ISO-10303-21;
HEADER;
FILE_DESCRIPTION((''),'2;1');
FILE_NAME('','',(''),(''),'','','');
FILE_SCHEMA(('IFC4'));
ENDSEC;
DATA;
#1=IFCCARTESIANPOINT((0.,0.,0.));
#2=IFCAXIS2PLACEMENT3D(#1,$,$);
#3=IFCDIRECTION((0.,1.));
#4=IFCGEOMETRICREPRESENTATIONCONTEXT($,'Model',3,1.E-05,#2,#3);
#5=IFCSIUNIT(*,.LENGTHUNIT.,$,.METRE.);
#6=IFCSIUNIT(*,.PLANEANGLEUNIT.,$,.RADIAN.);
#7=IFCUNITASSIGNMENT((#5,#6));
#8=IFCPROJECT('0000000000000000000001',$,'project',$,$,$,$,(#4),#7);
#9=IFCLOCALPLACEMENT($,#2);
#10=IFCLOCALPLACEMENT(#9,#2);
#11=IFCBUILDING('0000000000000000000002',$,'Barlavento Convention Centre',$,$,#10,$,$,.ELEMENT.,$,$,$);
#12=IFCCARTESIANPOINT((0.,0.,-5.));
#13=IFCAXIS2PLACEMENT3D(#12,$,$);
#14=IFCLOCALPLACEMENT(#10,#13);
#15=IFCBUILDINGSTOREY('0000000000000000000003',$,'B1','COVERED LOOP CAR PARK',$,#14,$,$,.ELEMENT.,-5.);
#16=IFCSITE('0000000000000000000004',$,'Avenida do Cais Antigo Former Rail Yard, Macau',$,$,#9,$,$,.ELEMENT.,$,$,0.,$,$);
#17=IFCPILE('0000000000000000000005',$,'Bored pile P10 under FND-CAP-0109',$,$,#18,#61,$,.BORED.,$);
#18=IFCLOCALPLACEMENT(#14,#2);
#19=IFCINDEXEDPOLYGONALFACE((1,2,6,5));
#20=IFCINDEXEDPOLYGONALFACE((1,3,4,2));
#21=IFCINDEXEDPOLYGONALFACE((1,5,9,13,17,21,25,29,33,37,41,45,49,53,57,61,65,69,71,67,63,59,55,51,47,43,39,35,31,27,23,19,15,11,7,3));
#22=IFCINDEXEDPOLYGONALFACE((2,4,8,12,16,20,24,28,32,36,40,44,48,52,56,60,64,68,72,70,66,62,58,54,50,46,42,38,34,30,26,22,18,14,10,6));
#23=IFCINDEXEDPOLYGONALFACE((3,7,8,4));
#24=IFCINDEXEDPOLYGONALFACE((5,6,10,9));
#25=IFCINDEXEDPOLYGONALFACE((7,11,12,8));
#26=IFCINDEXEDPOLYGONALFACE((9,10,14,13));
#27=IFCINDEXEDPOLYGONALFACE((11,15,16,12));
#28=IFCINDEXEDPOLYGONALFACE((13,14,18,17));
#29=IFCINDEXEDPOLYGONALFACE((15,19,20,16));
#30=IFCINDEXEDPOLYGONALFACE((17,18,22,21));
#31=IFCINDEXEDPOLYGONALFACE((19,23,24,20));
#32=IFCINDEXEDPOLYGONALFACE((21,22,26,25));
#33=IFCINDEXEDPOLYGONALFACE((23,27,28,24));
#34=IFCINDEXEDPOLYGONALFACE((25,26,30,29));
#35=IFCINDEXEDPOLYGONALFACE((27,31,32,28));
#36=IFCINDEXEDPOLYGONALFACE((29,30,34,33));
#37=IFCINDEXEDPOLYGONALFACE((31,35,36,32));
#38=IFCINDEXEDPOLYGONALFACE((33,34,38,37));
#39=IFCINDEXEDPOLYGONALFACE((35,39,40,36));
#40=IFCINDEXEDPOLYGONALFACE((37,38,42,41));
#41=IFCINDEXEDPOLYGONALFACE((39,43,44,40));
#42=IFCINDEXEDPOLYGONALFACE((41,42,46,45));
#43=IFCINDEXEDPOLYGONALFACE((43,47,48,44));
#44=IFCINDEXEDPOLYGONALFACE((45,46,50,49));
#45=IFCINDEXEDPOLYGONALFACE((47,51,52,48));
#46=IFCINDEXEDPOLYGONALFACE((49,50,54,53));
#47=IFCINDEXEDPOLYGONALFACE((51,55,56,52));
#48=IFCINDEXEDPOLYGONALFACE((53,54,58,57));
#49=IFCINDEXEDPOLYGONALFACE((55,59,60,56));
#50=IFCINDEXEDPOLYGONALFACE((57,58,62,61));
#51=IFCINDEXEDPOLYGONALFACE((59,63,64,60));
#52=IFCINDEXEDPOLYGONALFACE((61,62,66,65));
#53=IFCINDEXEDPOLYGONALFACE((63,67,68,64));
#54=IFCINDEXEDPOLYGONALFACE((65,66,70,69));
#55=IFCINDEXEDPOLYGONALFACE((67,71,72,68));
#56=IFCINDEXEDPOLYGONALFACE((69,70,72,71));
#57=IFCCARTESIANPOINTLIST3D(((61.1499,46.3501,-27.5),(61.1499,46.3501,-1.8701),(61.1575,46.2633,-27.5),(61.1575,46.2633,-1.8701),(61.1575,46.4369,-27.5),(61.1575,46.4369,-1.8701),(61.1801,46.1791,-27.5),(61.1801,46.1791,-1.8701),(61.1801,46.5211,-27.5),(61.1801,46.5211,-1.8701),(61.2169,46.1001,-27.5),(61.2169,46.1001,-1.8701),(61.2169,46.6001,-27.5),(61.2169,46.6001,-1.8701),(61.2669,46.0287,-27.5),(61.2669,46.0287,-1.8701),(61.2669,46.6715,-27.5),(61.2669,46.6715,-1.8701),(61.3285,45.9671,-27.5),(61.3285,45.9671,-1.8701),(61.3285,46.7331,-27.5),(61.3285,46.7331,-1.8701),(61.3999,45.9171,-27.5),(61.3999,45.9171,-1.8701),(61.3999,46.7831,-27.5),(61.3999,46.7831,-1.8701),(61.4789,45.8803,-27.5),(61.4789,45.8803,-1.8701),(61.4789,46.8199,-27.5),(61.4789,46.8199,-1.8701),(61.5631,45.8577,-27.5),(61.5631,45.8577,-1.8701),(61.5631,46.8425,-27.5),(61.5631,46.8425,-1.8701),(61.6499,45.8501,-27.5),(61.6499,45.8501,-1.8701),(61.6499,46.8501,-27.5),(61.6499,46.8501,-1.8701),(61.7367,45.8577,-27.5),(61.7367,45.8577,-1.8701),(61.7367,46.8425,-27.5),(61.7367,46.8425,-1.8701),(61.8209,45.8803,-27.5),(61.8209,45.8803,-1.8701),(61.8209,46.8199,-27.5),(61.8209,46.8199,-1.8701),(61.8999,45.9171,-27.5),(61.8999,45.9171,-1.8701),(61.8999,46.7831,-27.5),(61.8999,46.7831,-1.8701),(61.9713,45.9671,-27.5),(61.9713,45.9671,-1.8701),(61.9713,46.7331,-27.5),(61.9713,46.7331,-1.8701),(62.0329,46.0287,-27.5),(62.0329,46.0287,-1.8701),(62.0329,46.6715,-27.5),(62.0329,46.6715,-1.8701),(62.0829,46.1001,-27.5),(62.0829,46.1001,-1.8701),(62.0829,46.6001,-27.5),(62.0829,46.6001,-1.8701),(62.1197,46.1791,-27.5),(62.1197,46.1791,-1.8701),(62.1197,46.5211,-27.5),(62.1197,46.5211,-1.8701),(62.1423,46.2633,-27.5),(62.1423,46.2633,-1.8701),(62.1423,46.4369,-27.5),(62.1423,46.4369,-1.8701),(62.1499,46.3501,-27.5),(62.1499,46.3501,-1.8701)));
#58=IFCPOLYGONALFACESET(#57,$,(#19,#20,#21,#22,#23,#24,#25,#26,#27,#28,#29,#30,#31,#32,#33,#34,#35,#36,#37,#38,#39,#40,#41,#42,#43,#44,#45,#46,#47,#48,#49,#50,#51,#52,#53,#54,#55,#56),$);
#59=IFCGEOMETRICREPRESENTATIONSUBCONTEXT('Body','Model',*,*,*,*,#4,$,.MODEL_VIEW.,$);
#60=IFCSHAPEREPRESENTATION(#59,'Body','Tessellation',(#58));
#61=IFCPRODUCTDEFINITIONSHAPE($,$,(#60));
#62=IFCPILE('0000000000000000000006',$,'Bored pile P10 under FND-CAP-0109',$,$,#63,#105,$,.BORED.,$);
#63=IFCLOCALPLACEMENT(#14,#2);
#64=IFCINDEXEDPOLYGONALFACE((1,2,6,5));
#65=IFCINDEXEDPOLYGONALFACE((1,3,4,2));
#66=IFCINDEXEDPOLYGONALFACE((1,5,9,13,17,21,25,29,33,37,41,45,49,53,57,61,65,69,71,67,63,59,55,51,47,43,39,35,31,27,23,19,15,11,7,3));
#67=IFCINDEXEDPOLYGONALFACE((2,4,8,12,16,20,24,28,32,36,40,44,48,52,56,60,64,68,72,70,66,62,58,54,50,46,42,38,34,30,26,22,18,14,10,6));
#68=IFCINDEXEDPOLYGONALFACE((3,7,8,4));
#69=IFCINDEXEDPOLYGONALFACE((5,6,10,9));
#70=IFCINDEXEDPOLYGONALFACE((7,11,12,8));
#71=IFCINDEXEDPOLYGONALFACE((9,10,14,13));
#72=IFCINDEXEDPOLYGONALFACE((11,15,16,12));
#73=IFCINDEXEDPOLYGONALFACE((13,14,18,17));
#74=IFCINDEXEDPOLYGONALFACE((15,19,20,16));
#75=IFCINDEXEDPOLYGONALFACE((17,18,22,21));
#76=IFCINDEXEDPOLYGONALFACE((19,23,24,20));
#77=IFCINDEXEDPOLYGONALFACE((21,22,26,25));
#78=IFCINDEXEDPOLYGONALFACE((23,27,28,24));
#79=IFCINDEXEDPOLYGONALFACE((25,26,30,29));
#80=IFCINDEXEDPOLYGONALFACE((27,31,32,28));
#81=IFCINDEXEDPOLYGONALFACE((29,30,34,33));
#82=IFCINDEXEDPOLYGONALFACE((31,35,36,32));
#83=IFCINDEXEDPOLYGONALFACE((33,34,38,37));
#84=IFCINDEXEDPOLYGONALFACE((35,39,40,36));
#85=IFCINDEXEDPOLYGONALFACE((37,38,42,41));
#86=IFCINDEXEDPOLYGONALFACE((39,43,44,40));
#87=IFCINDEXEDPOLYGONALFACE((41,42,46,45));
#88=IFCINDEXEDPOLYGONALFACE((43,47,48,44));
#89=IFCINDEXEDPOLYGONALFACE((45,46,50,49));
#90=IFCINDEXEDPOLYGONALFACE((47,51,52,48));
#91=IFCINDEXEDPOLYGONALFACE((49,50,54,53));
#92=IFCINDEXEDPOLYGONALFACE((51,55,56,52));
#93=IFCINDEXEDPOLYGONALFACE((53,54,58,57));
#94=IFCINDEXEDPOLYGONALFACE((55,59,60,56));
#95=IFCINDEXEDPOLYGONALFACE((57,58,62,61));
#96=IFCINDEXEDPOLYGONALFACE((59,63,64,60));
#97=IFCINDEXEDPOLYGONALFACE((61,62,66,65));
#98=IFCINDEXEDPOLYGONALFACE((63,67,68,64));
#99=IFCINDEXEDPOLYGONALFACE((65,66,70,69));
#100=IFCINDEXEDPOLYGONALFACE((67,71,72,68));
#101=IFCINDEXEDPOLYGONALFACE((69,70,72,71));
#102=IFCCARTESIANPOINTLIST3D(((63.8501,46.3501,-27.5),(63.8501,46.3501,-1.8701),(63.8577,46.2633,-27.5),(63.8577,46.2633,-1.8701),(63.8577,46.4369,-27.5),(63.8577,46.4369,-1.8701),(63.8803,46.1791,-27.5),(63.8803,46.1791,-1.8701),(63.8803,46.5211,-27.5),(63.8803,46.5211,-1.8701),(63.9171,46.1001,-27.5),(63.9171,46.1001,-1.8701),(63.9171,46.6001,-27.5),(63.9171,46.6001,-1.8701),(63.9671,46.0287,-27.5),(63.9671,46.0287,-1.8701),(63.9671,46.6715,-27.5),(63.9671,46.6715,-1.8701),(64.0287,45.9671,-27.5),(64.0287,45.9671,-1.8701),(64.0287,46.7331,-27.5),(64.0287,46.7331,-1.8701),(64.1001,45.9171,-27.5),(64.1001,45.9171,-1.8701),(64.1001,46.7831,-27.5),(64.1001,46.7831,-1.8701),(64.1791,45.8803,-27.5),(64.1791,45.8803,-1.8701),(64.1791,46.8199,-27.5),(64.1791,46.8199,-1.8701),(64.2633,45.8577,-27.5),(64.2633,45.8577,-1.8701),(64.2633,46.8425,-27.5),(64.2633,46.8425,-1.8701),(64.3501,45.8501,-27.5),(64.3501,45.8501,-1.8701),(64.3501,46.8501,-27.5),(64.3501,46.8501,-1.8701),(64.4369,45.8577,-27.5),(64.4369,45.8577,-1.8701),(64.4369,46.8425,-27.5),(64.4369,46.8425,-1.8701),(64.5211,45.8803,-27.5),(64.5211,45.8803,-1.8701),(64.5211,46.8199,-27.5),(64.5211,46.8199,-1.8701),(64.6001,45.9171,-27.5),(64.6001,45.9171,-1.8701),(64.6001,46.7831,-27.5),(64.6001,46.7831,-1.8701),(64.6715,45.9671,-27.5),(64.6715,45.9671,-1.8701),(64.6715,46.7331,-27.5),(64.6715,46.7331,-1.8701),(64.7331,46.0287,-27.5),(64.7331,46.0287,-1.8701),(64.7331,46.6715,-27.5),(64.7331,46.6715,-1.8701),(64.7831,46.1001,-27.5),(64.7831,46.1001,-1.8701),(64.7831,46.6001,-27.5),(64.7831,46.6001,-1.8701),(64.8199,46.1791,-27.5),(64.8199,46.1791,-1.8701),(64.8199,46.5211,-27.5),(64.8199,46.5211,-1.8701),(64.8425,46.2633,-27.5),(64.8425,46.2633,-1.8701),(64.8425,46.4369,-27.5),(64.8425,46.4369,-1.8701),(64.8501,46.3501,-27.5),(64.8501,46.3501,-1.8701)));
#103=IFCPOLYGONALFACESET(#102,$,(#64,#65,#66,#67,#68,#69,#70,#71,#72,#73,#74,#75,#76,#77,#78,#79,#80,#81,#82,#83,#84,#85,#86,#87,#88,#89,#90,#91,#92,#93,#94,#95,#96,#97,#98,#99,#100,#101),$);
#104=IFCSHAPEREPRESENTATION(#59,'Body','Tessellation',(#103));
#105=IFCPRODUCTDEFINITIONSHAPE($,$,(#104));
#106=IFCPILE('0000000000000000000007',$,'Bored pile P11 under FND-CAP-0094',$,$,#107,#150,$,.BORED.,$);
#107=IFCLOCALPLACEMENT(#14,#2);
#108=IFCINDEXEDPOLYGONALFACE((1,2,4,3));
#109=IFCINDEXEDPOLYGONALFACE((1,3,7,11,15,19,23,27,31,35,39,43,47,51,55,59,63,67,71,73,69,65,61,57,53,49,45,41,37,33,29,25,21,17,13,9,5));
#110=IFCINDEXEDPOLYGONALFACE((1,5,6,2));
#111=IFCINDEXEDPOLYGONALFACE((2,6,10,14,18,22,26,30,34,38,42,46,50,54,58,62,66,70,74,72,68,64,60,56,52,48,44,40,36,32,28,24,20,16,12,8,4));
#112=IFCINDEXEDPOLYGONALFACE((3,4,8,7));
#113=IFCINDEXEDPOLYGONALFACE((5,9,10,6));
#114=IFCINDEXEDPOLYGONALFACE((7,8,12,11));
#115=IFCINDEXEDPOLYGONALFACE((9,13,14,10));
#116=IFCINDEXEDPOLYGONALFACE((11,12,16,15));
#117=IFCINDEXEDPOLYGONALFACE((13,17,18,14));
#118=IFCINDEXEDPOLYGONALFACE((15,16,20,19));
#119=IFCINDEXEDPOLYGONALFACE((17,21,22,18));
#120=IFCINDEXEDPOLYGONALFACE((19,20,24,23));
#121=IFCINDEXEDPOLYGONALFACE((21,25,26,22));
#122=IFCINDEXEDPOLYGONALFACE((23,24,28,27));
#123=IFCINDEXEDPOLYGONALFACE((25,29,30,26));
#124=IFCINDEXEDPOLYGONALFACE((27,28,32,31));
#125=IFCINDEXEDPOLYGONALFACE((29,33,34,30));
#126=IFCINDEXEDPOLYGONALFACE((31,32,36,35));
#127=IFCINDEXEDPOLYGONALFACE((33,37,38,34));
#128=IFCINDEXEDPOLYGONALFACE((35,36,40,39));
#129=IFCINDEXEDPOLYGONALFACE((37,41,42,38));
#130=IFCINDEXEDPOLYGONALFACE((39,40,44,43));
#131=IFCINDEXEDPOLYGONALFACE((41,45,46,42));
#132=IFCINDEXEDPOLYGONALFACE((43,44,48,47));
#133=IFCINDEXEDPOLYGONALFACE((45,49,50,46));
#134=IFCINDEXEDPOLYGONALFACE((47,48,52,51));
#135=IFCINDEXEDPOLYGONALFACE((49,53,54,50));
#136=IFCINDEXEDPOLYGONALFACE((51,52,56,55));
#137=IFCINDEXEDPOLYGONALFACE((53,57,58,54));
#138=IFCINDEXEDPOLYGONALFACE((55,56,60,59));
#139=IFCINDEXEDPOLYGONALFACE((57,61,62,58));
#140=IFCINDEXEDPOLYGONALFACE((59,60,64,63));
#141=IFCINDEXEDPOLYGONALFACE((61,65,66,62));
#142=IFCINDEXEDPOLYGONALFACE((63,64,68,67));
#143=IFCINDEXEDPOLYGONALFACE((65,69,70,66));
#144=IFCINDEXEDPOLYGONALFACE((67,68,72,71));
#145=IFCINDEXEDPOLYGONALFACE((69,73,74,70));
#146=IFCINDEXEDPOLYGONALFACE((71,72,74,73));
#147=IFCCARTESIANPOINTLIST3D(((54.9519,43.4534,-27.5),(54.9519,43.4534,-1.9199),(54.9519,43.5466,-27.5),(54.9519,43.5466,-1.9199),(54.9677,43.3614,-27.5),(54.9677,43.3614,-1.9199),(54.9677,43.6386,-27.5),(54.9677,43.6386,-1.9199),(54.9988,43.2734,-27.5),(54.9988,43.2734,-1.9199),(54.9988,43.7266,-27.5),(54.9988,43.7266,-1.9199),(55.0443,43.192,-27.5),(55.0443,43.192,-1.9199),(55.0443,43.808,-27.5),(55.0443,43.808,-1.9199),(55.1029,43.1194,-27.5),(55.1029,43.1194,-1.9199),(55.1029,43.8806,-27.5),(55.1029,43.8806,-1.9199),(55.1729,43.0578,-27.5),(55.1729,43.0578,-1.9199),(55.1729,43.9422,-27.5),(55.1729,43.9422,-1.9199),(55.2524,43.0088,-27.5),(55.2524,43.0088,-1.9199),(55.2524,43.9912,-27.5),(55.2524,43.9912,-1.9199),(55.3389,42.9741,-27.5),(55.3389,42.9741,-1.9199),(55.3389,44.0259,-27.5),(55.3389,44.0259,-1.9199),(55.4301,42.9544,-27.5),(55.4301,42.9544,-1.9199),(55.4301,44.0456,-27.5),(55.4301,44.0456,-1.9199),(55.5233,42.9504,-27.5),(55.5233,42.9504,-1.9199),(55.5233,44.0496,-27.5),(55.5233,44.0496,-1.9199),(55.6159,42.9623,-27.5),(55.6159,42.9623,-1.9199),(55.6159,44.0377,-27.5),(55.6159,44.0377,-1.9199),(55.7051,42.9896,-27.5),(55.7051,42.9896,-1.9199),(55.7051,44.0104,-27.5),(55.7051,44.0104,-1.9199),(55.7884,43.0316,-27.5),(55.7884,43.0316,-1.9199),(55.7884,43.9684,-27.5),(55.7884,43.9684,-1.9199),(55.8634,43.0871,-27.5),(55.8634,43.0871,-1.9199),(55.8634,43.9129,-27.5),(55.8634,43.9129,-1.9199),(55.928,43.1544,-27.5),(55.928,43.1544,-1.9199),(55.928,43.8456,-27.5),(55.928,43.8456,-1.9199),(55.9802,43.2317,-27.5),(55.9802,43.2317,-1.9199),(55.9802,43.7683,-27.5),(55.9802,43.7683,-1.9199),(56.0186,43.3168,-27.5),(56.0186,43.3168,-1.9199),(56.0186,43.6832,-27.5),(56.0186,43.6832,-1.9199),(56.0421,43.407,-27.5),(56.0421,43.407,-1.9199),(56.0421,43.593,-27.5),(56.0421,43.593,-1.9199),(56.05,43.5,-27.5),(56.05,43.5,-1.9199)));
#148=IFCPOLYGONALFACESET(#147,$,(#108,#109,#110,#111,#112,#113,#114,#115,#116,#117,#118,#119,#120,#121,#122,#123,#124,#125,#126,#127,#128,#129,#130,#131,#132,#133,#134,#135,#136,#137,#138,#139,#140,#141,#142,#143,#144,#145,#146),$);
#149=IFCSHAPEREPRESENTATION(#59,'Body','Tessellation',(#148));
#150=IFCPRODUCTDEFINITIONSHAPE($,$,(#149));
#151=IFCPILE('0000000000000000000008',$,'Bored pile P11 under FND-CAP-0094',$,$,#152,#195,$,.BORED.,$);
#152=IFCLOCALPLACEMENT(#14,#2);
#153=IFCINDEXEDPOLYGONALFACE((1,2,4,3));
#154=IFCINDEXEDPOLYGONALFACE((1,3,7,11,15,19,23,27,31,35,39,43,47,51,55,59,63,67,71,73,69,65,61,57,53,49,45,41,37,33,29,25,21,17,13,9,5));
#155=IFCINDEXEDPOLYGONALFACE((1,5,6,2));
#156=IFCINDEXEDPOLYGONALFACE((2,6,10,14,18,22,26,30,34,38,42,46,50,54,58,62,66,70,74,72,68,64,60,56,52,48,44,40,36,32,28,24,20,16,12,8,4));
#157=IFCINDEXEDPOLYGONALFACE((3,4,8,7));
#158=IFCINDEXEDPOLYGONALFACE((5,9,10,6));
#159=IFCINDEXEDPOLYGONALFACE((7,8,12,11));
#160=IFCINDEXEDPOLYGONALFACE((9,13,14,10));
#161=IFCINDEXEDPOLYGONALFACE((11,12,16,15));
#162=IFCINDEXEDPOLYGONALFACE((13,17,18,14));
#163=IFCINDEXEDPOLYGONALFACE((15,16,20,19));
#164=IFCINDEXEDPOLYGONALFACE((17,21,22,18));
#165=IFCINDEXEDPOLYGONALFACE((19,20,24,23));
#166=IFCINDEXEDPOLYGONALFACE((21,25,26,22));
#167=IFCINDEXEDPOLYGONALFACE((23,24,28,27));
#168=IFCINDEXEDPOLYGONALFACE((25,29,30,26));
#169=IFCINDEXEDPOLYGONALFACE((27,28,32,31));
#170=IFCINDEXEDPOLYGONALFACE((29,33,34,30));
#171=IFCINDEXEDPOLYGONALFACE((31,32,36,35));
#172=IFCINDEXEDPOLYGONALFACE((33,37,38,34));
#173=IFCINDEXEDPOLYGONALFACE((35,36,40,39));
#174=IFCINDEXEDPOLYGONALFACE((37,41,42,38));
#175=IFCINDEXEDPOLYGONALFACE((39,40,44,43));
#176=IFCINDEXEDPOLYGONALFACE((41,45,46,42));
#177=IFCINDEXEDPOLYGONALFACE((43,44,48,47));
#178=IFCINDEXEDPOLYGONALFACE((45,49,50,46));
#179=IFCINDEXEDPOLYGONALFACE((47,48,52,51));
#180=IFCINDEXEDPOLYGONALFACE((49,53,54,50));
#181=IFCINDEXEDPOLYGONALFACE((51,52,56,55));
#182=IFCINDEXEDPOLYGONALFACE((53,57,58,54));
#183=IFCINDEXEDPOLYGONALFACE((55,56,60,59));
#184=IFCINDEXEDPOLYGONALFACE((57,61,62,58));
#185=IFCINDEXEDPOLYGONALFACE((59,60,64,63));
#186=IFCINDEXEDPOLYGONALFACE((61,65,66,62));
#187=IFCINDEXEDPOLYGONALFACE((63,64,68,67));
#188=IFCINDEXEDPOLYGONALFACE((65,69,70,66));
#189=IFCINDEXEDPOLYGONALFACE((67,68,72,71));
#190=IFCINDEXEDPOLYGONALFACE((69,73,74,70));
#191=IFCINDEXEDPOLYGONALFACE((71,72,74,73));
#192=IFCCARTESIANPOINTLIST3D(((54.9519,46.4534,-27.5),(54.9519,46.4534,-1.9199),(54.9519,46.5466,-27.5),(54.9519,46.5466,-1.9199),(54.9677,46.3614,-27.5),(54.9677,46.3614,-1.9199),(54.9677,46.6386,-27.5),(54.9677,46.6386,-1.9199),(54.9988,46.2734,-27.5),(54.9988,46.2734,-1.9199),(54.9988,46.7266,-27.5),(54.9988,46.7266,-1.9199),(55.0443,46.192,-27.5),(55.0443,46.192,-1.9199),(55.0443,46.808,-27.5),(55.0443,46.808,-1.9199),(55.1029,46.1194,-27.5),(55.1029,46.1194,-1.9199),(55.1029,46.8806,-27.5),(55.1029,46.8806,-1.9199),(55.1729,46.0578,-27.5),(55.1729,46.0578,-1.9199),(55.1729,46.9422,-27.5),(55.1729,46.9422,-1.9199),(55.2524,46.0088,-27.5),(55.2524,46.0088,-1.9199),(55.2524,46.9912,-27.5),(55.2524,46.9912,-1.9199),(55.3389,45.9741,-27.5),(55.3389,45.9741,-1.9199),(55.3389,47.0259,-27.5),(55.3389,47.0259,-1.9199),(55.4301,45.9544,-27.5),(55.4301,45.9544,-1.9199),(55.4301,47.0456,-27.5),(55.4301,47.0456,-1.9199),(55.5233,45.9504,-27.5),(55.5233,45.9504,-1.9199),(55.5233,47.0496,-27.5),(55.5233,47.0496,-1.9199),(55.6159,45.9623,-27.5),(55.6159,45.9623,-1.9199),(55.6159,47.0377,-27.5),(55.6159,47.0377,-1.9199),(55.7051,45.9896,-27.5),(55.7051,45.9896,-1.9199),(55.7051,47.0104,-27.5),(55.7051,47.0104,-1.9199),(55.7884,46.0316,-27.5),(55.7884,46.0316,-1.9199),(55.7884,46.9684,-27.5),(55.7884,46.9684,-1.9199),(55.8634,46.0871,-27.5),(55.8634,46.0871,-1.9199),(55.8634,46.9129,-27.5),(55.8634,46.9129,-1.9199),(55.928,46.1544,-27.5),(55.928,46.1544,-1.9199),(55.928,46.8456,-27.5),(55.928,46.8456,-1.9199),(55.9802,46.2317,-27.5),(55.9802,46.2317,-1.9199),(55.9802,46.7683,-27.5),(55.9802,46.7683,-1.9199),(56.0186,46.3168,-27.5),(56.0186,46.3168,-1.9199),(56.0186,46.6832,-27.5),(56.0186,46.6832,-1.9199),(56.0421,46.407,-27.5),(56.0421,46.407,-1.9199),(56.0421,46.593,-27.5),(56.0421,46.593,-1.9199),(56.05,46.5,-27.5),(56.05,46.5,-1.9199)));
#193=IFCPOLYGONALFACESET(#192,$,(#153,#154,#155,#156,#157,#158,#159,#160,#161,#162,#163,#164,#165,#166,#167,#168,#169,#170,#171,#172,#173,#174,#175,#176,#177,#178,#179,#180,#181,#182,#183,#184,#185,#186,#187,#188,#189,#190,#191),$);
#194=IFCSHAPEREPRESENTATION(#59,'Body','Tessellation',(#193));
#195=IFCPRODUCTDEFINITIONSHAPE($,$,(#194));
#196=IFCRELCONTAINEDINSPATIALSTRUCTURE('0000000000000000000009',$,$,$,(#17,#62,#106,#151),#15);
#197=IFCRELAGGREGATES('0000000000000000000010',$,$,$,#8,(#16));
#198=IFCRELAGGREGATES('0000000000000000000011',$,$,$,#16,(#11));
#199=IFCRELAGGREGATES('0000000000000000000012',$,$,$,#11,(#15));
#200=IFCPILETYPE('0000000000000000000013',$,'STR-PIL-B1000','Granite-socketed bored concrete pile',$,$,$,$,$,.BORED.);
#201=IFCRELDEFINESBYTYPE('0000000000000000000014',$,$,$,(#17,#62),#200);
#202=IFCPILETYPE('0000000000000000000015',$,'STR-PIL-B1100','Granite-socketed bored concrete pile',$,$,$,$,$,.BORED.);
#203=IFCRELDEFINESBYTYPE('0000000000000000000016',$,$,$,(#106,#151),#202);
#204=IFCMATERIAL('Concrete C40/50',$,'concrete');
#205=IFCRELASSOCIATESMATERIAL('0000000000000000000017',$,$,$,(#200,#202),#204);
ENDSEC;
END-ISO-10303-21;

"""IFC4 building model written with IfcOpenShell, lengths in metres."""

from ifc_helpers import new_model, si_unit, direction, frame, origin, origin_2d, place, context, subcontext, project, spatial, circle, extrude, material, material_profile, profile_set, type_object, element, save


model = new_model("IFC4")

# Units and contexts
model_context = context("Model", 3, precision=1e-05, world=origin(), true_north=direction((0.0, 1.0)))
body_context = subcontext(model_context, "Body", "Model", "MODEL_VIEW")
ifc_project = project(units=[si_unit("LENGTHUNIT", "METRE"), si_unit("PLANEANGLEUNIT", "RADIAN")], contexts=[model_context])

# Site, building, storey
site_placement = place(None, origin())
site = spatial("IfcSite", under=ifc_project, at=site_placement, Name="Avenida do Cais Antigo Former Rail Yard, Macau", CompositionType="ELEMENT", RefElevation=0.0)
building_placement = place(site_placement, origin())
building = spatial("IfcBuilding", under=site, at=building_placement, Name="Barlavento Convention Centre", CompositionType="ELEMENT")
storey_placement = place(building_placement, frame((0.0, 0.0, -5.0)))
storey = spatial("IfcBuildingStorey", under=building, at=storey_placement, Name="B1", Description="COVERED LOOP CAR PARK", CompositionType="ELEMENT", Elevation=-5.0)

# Shared definitions
ifc_material_1 = material(Name="Concrete C40/50", Category="concrete")

# Piles
ifc_material_profile_1 = material_profile(ifc_material_1, circle(Radius=0.5, at=origin_2d()), Name="BORED PILE 1000")
ifc_profile_set_1 = profile_set([ifc_material_profile_1], Name="Concrete C40/50")
pile_type_1 = type_object("IfcPileType", Name="STR-PIL-B1000", Description="Granite-socketed bored concrete pile", PredefinedType="BORED", material=ifc_profile_set_1)
for number, where, z_axis, x_axis, name in (
    (1, (61.6499, 46.3501, -1.8701), (0.0, 0.0, -1.0), (1.0, 0.0, 0.0), "Bored pile P10 under FND-CAP-0109"),
    (2, (64.3501, 46.3501, -1.8701), (0.0, 0.0, -1.0), (1.0, 0.0, 0.0), "Bored pile P10 under FND-CAP-0109"),
):
    element("IfcPile", number, at=place(storey_placement, frame(where, z_axis=z_axis, x_axis=x_axis)), inside=storey, type_object=pile_type_1, Name=name, PredefinedType="BORED", context=body_context, shape_type="SweptSolid", body=[
        extrude(circle(Radius=0.5, at=origin_2d()), origin(), (0.0, 0.0, 1.0), 25.6299),
    ])
ifc_material_profile_2 = material_profile(ifc_material_1, circle(Radius=0.55, at=origin_2d()), Name="BORED PILE 1100")
ifc_profile_set_2 = profile_set([ifc_material_profile_2], Name="Concrete C40/50")
pile_type_2 = type_object("IfcPileType", Name="STR-PIL-B1100", Description="Granite-socketed bored concrete pile", PredefinedType="BORED", material=ifc_profile_set_2)
for number, where, z_axis, x_axis, name in (
    (3, (55.5, 43.5, -1.9199), (0.0, 0.0, -1.0), (1.0, 0.0, 0.0), "Bored pile P11 under FND-CAP-0094"),
    (4, (55.5, 46.5, -1.9199), (0.0, 0.0, -1.0), (1.0, 0.0, 0.0), "Bored pile P11 under FND-CAP-0094"),
):
    element("IfcPile", number, at=place(storey_placement, frame(where, z_axis=z_axis, x_axis=x_axis)), inside=storey, type_object=pile_type_2, Name=name, PredefinedType="BORED", context=body_context, shape_type="SweptSolid", body=[
        extrude(circle(Radius=0.55, at=origin_2d()), origin(), (0.0, 0.0, 1.0), 25.5801),
    ])

save(model, "model.ifc")
